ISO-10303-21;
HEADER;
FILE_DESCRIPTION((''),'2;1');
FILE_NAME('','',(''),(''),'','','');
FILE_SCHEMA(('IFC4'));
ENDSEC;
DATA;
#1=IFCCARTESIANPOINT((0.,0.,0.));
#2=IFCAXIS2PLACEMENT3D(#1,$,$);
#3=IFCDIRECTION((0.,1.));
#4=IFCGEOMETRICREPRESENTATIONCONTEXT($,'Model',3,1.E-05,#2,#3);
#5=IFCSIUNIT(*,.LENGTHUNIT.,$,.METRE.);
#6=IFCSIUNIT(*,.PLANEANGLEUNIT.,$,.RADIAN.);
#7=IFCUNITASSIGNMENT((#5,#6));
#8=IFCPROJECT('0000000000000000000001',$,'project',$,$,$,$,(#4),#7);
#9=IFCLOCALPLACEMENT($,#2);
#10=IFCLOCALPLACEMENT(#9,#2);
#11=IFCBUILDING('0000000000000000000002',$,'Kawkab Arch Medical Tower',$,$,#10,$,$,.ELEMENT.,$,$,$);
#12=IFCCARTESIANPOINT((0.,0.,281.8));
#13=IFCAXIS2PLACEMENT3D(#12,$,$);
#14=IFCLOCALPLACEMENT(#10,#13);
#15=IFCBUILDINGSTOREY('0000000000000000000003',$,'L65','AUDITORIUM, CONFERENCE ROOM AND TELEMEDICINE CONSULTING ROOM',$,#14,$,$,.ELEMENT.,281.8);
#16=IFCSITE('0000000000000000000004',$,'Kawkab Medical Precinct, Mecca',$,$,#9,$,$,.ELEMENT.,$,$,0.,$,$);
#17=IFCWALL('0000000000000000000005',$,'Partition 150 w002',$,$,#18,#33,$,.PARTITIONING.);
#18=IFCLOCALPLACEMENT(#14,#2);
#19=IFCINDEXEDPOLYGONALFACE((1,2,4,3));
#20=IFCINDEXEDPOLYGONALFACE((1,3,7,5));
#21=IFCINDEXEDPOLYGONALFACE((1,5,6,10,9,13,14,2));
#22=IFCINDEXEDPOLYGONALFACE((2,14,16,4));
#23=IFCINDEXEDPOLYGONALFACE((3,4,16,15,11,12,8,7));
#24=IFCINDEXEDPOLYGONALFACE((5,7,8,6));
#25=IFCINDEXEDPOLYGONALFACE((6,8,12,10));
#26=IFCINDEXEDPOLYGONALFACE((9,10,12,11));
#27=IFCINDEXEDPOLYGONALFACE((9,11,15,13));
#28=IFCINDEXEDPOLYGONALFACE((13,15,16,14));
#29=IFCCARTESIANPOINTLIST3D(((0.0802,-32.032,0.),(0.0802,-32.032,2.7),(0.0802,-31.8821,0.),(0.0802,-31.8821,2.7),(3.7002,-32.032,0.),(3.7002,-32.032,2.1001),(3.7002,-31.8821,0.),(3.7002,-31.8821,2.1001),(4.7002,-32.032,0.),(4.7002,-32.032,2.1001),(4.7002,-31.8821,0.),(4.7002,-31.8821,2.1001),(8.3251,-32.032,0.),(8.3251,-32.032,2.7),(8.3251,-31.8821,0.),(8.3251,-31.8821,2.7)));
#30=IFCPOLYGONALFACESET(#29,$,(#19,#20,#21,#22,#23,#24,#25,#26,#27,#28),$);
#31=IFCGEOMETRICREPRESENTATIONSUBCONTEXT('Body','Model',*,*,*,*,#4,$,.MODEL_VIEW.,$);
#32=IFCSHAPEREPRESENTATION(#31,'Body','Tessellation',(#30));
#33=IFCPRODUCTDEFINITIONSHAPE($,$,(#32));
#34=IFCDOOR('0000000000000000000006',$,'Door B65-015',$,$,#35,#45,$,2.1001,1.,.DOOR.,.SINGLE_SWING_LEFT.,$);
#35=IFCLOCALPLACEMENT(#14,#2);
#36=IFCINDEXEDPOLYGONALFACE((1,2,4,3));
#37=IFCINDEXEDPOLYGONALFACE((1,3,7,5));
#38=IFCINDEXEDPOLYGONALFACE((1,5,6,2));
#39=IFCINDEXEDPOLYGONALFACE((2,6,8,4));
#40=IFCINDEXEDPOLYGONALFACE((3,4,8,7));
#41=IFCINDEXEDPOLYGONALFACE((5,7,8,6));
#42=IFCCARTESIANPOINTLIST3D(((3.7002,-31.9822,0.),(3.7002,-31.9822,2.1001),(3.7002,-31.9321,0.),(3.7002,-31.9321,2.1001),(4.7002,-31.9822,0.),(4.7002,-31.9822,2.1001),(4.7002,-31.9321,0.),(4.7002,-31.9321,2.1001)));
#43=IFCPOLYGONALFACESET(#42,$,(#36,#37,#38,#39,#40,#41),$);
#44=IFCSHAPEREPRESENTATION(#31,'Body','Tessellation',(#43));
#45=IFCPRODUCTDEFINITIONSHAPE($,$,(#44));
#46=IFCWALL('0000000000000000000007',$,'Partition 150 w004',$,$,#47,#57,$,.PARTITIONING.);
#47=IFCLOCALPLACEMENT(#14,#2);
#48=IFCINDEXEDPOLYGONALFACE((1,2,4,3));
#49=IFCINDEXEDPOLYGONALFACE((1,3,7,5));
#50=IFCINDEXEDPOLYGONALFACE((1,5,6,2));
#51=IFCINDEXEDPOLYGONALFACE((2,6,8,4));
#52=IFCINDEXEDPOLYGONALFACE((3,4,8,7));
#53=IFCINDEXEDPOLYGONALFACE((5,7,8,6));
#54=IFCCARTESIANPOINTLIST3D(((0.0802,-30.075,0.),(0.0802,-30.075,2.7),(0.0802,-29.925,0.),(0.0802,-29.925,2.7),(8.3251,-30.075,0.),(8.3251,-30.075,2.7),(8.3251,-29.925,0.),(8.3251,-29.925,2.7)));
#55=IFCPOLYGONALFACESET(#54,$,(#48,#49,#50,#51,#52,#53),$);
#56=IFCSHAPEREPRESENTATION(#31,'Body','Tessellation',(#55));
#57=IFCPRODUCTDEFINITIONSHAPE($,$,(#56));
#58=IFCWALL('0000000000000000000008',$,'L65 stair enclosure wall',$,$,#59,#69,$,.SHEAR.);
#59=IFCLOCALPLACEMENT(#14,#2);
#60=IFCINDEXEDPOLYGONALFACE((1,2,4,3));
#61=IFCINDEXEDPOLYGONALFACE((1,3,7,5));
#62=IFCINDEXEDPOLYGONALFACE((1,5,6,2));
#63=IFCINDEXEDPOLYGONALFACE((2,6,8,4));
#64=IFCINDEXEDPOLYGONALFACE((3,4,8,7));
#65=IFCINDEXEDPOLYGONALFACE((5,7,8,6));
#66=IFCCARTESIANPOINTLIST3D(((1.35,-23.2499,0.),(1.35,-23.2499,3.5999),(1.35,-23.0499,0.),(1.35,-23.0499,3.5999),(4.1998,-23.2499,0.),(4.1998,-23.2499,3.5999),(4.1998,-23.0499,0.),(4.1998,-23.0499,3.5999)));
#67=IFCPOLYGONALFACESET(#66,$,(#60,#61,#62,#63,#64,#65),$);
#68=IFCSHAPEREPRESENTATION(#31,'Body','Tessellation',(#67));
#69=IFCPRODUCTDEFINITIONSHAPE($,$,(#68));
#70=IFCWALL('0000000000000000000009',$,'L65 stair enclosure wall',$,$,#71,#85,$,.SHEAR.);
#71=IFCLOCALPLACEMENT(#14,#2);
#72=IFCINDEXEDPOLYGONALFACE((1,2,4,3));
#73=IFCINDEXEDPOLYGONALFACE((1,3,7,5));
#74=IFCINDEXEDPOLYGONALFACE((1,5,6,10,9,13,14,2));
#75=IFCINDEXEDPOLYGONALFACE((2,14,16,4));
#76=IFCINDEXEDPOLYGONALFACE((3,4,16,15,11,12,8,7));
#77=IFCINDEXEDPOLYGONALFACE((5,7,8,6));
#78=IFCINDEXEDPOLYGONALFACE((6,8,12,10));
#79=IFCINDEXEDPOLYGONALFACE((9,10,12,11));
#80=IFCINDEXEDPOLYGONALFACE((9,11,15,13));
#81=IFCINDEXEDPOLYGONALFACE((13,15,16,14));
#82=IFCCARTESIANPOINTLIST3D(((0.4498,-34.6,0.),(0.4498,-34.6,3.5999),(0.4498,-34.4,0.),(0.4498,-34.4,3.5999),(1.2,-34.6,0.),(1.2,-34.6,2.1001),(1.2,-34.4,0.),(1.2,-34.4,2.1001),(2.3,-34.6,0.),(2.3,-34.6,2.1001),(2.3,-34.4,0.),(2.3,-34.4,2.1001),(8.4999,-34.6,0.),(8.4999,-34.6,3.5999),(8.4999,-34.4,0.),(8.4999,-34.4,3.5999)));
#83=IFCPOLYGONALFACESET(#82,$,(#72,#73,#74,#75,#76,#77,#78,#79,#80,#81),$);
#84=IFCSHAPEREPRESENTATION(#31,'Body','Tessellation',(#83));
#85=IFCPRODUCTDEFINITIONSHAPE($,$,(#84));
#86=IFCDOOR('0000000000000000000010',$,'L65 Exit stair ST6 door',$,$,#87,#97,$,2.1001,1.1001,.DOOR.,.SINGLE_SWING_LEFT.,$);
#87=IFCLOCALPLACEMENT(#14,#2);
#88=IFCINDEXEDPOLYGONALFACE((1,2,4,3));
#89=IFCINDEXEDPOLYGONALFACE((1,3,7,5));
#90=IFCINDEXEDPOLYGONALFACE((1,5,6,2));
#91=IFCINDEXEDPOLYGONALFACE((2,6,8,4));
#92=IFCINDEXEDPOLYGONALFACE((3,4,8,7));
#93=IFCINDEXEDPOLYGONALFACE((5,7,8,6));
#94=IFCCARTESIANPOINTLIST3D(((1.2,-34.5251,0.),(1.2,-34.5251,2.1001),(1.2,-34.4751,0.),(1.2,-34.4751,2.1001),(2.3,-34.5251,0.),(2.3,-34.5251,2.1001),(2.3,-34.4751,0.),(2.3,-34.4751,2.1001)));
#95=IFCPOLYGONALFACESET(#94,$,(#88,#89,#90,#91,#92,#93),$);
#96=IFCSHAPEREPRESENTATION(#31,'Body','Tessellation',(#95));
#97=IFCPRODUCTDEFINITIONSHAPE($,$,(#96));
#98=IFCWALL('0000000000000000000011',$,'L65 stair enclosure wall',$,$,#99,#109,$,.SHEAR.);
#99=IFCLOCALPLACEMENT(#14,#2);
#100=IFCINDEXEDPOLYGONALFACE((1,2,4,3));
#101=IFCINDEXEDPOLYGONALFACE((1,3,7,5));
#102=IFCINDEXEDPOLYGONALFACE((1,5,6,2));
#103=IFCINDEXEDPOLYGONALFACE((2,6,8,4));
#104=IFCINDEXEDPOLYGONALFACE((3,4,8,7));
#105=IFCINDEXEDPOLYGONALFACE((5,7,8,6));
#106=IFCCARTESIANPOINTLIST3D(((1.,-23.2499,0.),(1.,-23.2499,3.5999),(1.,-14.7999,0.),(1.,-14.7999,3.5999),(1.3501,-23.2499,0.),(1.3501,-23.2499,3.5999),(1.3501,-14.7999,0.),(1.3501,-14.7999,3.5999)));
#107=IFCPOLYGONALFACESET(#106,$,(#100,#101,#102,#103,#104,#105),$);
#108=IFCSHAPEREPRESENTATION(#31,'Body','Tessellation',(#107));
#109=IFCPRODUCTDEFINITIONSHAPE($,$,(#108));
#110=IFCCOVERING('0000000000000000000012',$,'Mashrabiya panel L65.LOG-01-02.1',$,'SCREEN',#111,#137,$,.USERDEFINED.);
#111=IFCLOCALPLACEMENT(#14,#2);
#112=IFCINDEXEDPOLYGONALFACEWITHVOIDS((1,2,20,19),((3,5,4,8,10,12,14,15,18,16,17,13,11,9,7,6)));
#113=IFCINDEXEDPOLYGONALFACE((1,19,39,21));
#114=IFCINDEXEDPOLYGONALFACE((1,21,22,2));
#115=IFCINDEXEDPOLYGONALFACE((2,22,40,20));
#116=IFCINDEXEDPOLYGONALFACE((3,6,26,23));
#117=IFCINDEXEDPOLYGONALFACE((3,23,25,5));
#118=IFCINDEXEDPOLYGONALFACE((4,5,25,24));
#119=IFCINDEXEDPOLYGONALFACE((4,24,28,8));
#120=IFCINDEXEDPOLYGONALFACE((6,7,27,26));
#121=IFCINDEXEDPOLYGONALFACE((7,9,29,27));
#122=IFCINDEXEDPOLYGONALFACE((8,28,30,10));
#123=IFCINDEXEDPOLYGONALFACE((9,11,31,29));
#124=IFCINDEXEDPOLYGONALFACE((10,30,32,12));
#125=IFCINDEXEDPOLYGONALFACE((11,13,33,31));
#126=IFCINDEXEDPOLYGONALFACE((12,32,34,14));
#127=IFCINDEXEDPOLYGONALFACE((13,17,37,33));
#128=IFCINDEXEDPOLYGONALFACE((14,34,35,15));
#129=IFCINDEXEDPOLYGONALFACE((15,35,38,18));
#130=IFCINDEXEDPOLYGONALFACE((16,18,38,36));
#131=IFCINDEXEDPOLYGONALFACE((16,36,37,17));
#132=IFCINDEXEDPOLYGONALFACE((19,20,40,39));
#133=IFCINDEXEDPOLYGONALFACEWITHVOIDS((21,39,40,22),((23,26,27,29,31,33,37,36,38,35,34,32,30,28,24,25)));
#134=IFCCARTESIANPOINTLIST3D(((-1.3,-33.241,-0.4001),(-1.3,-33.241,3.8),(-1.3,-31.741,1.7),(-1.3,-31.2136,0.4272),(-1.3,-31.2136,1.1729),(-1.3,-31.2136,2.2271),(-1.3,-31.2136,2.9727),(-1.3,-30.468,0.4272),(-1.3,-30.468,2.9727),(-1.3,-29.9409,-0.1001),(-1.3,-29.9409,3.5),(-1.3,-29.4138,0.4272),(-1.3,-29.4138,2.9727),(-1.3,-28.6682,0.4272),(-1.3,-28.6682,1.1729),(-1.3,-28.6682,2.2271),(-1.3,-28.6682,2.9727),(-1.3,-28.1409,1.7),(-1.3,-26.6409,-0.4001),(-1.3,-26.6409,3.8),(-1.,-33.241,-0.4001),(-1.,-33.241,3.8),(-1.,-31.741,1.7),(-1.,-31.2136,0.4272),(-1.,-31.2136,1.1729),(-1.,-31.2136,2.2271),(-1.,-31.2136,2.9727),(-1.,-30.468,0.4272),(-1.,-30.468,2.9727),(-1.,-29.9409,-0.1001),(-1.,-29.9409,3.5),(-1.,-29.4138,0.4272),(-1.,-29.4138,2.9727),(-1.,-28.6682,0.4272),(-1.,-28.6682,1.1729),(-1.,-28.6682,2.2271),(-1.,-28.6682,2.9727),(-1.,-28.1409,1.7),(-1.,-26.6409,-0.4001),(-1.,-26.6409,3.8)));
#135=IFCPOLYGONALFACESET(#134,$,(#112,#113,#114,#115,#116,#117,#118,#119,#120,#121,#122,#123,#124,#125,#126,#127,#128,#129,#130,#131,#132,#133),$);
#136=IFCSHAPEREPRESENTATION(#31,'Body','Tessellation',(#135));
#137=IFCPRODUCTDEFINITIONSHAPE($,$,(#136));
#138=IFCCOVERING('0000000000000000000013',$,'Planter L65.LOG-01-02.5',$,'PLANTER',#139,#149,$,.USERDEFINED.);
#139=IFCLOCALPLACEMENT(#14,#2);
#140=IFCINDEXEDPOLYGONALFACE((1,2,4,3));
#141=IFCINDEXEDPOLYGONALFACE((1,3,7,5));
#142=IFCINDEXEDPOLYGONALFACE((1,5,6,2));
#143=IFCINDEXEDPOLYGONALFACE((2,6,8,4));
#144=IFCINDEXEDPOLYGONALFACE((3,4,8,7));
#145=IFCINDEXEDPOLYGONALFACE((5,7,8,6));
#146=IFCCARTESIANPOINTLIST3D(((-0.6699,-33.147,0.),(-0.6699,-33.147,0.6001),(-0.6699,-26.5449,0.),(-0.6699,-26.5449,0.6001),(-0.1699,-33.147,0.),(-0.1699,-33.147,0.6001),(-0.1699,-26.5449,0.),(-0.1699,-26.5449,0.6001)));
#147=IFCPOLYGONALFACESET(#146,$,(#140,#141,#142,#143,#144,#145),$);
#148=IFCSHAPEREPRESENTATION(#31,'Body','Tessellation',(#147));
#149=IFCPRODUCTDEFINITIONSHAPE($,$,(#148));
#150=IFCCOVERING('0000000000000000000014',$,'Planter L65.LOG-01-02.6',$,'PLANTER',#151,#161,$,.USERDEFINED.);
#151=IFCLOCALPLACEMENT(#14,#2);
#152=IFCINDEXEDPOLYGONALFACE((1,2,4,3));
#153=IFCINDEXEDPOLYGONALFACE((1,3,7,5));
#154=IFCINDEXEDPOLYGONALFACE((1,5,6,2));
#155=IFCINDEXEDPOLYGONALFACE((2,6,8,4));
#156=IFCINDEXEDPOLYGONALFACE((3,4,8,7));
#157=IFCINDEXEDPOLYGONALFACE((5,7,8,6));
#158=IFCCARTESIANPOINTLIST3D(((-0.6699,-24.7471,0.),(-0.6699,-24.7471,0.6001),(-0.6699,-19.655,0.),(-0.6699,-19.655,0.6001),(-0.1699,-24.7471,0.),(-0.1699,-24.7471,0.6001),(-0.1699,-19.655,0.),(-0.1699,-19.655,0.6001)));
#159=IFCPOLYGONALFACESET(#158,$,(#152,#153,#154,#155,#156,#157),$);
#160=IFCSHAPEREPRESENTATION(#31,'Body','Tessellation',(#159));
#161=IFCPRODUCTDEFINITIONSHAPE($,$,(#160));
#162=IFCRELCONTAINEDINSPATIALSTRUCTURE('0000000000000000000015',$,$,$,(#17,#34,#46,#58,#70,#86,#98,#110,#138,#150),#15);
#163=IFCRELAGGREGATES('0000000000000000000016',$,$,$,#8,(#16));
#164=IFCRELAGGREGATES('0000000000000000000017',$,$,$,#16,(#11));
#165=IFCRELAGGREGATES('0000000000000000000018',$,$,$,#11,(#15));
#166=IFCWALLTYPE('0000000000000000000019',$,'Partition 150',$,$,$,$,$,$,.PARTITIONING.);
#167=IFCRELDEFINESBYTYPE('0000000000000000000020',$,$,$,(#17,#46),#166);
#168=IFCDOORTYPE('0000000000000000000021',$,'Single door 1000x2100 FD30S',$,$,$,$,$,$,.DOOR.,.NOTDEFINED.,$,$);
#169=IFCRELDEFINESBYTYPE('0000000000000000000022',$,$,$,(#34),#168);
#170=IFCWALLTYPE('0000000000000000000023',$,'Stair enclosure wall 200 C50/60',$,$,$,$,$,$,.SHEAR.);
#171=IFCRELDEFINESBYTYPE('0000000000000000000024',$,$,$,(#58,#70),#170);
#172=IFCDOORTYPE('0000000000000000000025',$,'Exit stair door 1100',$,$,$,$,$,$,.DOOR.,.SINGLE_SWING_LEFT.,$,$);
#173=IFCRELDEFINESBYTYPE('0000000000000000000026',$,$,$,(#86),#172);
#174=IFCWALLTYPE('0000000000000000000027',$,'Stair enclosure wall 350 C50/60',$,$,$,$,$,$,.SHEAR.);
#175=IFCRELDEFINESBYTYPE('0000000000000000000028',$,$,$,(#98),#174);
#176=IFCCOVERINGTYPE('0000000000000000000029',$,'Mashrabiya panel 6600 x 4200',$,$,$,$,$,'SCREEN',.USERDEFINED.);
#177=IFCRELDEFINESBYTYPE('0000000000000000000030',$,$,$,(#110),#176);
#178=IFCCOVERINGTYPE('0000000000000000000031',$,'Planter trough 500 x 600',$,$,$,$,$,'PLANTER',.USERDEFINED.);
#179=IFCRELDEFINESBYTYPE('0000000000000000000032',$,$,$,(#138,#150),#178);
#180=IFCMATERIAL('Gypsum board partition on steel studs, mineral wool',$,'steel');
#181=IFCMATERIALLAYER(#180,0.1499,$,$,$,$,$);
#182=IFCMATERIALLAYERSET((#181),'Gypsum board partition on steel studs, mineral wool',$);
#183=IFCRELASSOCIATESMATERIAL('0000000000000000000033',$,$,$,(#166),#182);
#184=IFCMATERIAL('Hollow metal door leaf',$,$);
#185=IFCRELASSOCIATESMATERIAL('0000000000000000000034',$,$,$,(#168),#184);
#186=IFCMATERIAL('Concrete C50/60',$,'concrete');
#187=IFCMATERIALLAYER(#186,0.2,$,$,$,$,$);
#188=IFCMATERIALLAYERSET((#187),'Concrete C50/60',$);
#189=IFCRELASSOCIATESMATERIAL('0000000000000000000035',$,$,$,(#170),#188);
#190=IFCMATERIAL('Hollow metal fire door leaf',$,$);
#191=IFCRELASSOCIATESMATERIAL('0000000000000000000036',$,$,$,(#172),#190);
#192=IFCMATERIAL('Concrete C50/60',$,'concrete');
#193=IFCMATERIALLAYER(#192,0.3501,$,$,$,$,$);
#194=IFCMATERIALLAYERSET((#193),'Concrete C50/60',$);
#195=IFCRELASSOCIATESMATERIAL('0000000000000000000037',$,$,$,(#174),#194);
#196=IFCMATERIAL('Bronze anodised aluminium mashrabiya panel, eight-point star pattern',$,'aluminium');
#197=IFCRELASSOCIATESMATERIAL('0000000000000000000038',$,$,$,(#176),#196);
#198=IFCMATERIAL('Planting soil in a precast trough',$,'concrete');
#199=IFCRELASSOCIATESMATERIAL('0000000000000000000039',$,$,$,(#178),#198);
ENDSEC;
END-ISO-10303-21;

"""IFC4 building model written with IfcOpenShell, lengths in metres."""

from ifc_helpers import new_model, si_unit, direction, frame, frame_2d, origin, origin_2d, place, context, subcontext, project, spatial, polyline, rectangle, outline, extrude, material, layer, layer_set, material_profile, profile_set, type_object, element, fill, save


model = new_model("IFC4")

# Units and contexts
model_context = context("Model", 3, precision=1e-05, world=origin(), true_north=direction((0.0, 1.0)))
body_context = subcontext(model_context, "Body", "Model", "MODEL_VIEW")
ifc_project = project(units=[si_unit("LENGTHUNIT", "METRE"), si_unit("PLANEANGLEUNIT", "RADIAN")], contexts=[model_context])

# Site, building, storey
site_placement = place(None, origin())
site = spatial("IfcSite", under=ifc_project, at=site_placement, Name="Kawkab Medical Precinct, Mecca", CompositionType="ELEMENT", RefElevation=0.0)
building_placement = place(site_placement, origin())
building = spatial("IfcBuilding", under=site, at=building_placement, Name="Kawkab Arch Medical Tower", CompositionType="ELEMENT")
storey_placement = place(building_placement, frame((0.0, 0.0, 281.8)))
storey = spatial("IfcBuildingStorey", under=building, at=storey_placement, Name="L65", Description="AUDITORIUM, CONFERENCE ROOM AND TELEMEDICINE CONSULTING ROOM", CompositionType="ELEMENT", Elevation=281.8)

# Wall, opening, door
ifc_material_1 = material(Name="Gypsum board partition on steel studs, mineral wool", Category="steel")
ifc_layer_1 = layer(ifc_material_1, 0.1499)
ifc_layer_set_1 = layer_set([ifc_layer_1], Name="Gypsum board partition on steel studs, mineral wool")
wall_type_1 = type_object("IfcWallType", Name="Partition 150", PredefinedType="PARTITIONING", material=ifc_layer_set_1)
wall_1_placement = place(storey_placement, frame((0.0801, -31.957, 0.0), z_axis=(0.0, 0.0, 1.0), x_axis=(1.0, 0.0, 0.0)))
wall_1 = element("IfcWall", 1, at=wall_1_placement, inside=storey, type_object=wall_type_1, Name="Partition 150 w002", PredefinedType="PARTITIONING", context=body_context, shape_type="SweptSolid", body=[
    extrude(rectangle(XDim=8.2449, YDim=0.1499, at=frame_2d((4.1226, 0.0))), origin(), (0.0, 0.0, 1.0), 2.7),
])
opening_1_placement = place(wall_1_placement, frame((3.6201, 0.0, 0.0)))
opening_1 = element("IfcOpeningElement", 2, at=opening_1_placement, cuts=wall_1, PredefinedType="OPENING", context=body_context, shape_type="SweptSolid", body=[
    extrude(rectangle(XDim=1.0, YDim=2.1001, at=frame_2d((0.5, 1.05))), frame((0.0, 0.085, 0.0), z_axis=(0.0, -1.0, 0.0), x_axis=(1.0, 0.0, 0.0)), (0.0, 0.0, 1.0), 0.1699),
])
ifc_material_2 = material(Name="Hollow metal door leaf")
door_type_1 = type_object("IfcDoorType", Name="Single door 1000x2100 FD30S", OperationType="NOTDEFINED", PredefinedType="DOOR", material=ifc_material_2)
door_1_placement = place(opening_1_placement, origin())
door_1 = element("IfcDoor", 3, at=door_1_placement, inside=storey, type_object=door_type_1, Name="Door B65-015", OperationType="SINGLE_SWING_LEFT", OverallHeight=2.1001, OverallWidth=1.0, PredefinedType="DOOR", context=body_context, shape_type="SweptSolid", body=[
    extrude(rectangle(XDim=1.0, YDim=2.1001, at=frame_2d((0.5, 1.05))), frame((0.0, 0.0249, 0.0), z_axis=(0.0, -1.0, 0.0), x_axis=(1.0, 0.0, 0.0)), (0.0, 0.0, 1.0), 0.05),
])
fill(opening_1, door_1)

# Walls
wall_2_placement = place(storey_placement, frame((0.0801, -30.0, 0.0), z_axis=(0.0, 0.0, 1.0), x_axis=(1.0, 0.0, 0.0)))
element("IfcWall", 4, at=wall_2_placement, inside=storey, type_object=wall_type_1, Name="Partition 150 w004", PredefinedType="PARTITIONING", context=body_context, shape_type="SweptSolid", body=[
    extrude(rectangle(XDim=8.2449, YDim=0.1499, at=frame_2d((4.1226, 0.0))), origin(), (0.0, 0.0, 1.0), 2.7),
])
ifc_material_3 = material(Name="Concrete C50/60", Category="concrete")
ifc_layer_2 = layer(ifc_material_3, 0.2)
ifc_layer_set_2 = layer_set([ifc_layer_2], Name="Concrete C50/60")
wall_type_2 = type_object("IfcWallType", Name="Stair enclosure wall 200 C50/60", PredefinedType="SHEAR", material=ifc_layer_set_2)
wall_3_placement = place(storey_placement, frame((1.3501, -23.1499, 0.0), z_axis=(0.0, 0.0, 1.0), x_axis=(1.0, 0.0, 0.0)))
element("IfcWall", 5, at=wall_3_placement, inside=storey, type_object=wall_type_2, Name="L65 stair enclosure wall", PredefinedType="SHEAR", context=body_context, shape_type="SweptSolid", body=[
    extrude(rectangle(XDim=2.8499, YDim=0.2, at=frame_2d((1.4248, 0.0))), origin(), (0.0, 0.0, 1.0), 3.5999),
])

# Wall, opening, door
wall_4_placement = place(storey_placement, frame((0.45, -34.5, 0.0), z_axis=(0.0, 0.0, 1.0), x_axis=(1.0, 0.0, 0.0)))
wall_4 = element("IfcWall", 6, at=wall_4_placement, inside=storey, type_object=wall_type_2, Name="L65 stair enclosure wall", PredefinedType="SHEAR", context=body_context, shape_type="SweptSolid", body=[
    extrude(rectangle(XDim=8.05, YDim=0.2, at=frame_2d((4.0249, 0.0))), origin(), (0.0, 0.0, 1.0), 3.5999),
])
opening_2_placement = place(wall_4_placement, frame((0.75, 0.0, 0.0)))
opening_2 = element("IfcOpeningElement", 7, at=opening_2_placement, cuts=wall_4, PredefinedType="OPENING", context=body_context, shape_type="SweptSolid", body=[
    extrude(rectangle(XDim=1.1001, YDim=2.1001, at=frame_2d((0.55, 1.05))), frame((0.0, 0.1099, 0.0), z_axis=(0.0, -1.0, 0.0), x_axis=(1.0, 0.0, 0.0)), (0.0, 0.0, 1.0), 0.22),
])
ifc_material_4 = material(Name="Hollow metal fire door leaf")
door_type_2 = type_object("IfcDoorType", Name="Exit stair door 1100", OperationType="SINGLE_SWING_LEFT", PredefinedType="DOOR", material=ifc_material_4)
door_2_placement = place(opening_2_placement, origin())
door_2 = element("IfcDoor", 8, at=door_2_placement, inside=storey, type_object=door_type_2, Name="L65 Exit stair ST6 door", OperationType="SINGLE_SWING_LEFT", OverallHeight=2.1001, OverallWidth=1.1001, PredefinedType="DOOR", context=body_context, shape_type="SweptSolid", body=[
    extrude(rectangle(XDim=1.1001, YDim=2.1001, at=frame_2d((0.55, 1.05))), frame((0.0, 0.0249, 0.0), z_axis=(0.0, -1.0, 0.0), x_axis=(1.0, 0.0, 0.0)), (0.0, 0.0, 1.0), 0.05),
])
fill(opening_2, door_2)

# Wall
ifc_material_5 = material(Name="Concrete C50/60", Category="concrete")
ifc_layer_3 = layer(ifc_material_5, 0.3501)
ifc_layer_set_3 = layer_set([ifc_layer_3], Name="Concrete C50/60")
wall_type_3 = type_object("IfcWallType", Name="Stair enclosure wall 350 C50/60", PredefinedType="SHEAR", material=ifc_layer_set_3)
wall_5_placement = place(storey_placement, frame((1.175, -23.25, 0.0), z_axis=(0.0, 0.0, 1.0), x_axis=(0.0, 1.0, 0.0)))
element("IfcWall", 9, at=wall_5_placement, inside=storey, type_object=wall_type_3, Name="L65 stair enclosure wall", PredefinedType="SHEAR", context=body_context, shape_type="SweptSolid", body=[
    extrude(rectangle(XDim=8.45, YDim=0.3501, at=frame_2d((4.2251, 0.0))), origin(), (0.0, 0.0, 1.0), 3.5999),
])

# Coverings
ifc_material_6 = material(Name="Bronze anodised aluminium mashrabiya panel, eight-point star pattern", Category="aluminium")
ifc_material_profile_1 = material_profile(ifc_material_6, outline(polyline([(-3.3, -2.1001), (3.3, -2.1001), (3.3, 2.1001), (-3.3, 2.1001), (-3.3, -2.1001)]), holes=[polyline([(1.8, 0.0), (1.2727, 0.5271), (1.2727, 1.2727), (0.5271, 1.2727), (0.0, 1.8), (-0.5271, 1.2727), (-1.2727, 1.2727), (-1.2727, 0.5271), (-1.8, 0.0), (-1.2727, -0.5271), (-1.2727, -1.2727), (-0.5271, -1.2727), (0.0, -1.8), (0.5271, -1.2727), (1.2727, -1.2727), (1.2727, -0.5271), (1.8, 0.0)])]), Name="Mashrabiya panel 6600x4200")
ifc_profile_set_1 = profile_set([ifc_material_profile_1], Name="Bronze anodised aluminium mashrabiya panel, eight-point star pattern")
covering_type_1 = type_object("IfcCoveringType", Name="Mashrabiya panel 6600 x 4200", ElementType="SCREEN", PredefinedType="USERDEFINED", material=ifc_profile_set_1)
covering_1_placement = place(storey_placement, frame((-1.0, -29.9409, 1.7), z_axis=(-1.0, 0.0, 0.0), x_axis=(0.0, -1.0, 0.0)))
element("IfcCovering", 10, at=covering_1_placement, inside=storey, type_object=covering_type_1, Name="Mashrabiya panel L65.LOG-01-02.1", ObjectType="SCREEN", PredefinedType="USERDEFINED", context=body_context, shape_type="SweptSolid", body=[
    extrude(outline(polyline([(-3.3, -2.1001), (3.3, -2.1001), (3.3, 2.1001), (-3.3, 2.1001), (-3.3, -2.1001)]), holes=[polyline([(1.8, 0.0), (1.2727, 0.5271), (1.2727, 1.2727), (0.5271, 1.2727), (0.0, 1.8), (-0.5271, 1.2727), (-1.2727, 1.2727), (-1.2727, 0.5271), (-1.8, 0.0), (-1.2727, -0.5271), (-1.2727, -1.2727), (-0.5271, -1.2727), (0.0, -1.8), (0.5271, -1.2727), (1.2727, -1.2727), (1.2727, -0.5271), (1.8, 0.0)])]), origin(), (0.0, 0.0, 1.0), 0.3),
])
ifc_material_7 = material(Name="Planting soil in a precast trough", Category="concrete")
ifc_material_profile_2 = material_profile(ifc_material_7, rectangle(XDim=0.5, YDim=0.6001, at=origin_2d()), Name="Trough 500x600")
ifc_profile_set_2 = profile_set([ifc_material_profile_2], Name="Planting soil in a precast trough")
covering_type_2 = type_object("IfcCoveringType", Name="Planter trough 500 x 600", ElementType="PLANTER", PredefinedType="USERDEFINED", material=ifc_profile_set_2)
covering_2_placement = place(storey_placement, frame((-0.4199, -33.147, 0.3), z_axis=(0.0, 1.0, 0.0), x_axis=(-1.0, 0.0, 0.0)))
element("IfcCovering", 11, at=covering_2_placement, inside=storey, type_object=covering_type_2, Name="Planter L65.LOG-01-02.5", ObjectType="PLANTER", PredefinedType="USERDEFINED", context=body_context, shape_type="SweptSolid", body=[
    extrude(rectangle(XDim=0.5, YDim=0.6001, at=origin_2d()), origin(), (0.0, 0.0, 1.0), 6.6021),
])
covering_3_placement = place(storey_placement, frame((-0.4199, -24.7471, 0.3), z_axis=(0.0, 1.0, 0.0), x_axis=(-1.0, 0.0, 0.0)))
element("IfcCovering", 12, at=covering_3_placement, inside=storey, type_object=covering_type_2, Name="Planter L65.LOG-01-02.6", ObjectType="PLANTER", PredefinedType="USERDEFINED", context=body_context, shape_type="SweptSolid", body=[
    extrude(rectangle(XDim=0.5, YDim=0.6001, at=origin_2d()), origin(), (0.0, 0.0, 1.0), 5.092),
])

save(model, "model.ifc")
